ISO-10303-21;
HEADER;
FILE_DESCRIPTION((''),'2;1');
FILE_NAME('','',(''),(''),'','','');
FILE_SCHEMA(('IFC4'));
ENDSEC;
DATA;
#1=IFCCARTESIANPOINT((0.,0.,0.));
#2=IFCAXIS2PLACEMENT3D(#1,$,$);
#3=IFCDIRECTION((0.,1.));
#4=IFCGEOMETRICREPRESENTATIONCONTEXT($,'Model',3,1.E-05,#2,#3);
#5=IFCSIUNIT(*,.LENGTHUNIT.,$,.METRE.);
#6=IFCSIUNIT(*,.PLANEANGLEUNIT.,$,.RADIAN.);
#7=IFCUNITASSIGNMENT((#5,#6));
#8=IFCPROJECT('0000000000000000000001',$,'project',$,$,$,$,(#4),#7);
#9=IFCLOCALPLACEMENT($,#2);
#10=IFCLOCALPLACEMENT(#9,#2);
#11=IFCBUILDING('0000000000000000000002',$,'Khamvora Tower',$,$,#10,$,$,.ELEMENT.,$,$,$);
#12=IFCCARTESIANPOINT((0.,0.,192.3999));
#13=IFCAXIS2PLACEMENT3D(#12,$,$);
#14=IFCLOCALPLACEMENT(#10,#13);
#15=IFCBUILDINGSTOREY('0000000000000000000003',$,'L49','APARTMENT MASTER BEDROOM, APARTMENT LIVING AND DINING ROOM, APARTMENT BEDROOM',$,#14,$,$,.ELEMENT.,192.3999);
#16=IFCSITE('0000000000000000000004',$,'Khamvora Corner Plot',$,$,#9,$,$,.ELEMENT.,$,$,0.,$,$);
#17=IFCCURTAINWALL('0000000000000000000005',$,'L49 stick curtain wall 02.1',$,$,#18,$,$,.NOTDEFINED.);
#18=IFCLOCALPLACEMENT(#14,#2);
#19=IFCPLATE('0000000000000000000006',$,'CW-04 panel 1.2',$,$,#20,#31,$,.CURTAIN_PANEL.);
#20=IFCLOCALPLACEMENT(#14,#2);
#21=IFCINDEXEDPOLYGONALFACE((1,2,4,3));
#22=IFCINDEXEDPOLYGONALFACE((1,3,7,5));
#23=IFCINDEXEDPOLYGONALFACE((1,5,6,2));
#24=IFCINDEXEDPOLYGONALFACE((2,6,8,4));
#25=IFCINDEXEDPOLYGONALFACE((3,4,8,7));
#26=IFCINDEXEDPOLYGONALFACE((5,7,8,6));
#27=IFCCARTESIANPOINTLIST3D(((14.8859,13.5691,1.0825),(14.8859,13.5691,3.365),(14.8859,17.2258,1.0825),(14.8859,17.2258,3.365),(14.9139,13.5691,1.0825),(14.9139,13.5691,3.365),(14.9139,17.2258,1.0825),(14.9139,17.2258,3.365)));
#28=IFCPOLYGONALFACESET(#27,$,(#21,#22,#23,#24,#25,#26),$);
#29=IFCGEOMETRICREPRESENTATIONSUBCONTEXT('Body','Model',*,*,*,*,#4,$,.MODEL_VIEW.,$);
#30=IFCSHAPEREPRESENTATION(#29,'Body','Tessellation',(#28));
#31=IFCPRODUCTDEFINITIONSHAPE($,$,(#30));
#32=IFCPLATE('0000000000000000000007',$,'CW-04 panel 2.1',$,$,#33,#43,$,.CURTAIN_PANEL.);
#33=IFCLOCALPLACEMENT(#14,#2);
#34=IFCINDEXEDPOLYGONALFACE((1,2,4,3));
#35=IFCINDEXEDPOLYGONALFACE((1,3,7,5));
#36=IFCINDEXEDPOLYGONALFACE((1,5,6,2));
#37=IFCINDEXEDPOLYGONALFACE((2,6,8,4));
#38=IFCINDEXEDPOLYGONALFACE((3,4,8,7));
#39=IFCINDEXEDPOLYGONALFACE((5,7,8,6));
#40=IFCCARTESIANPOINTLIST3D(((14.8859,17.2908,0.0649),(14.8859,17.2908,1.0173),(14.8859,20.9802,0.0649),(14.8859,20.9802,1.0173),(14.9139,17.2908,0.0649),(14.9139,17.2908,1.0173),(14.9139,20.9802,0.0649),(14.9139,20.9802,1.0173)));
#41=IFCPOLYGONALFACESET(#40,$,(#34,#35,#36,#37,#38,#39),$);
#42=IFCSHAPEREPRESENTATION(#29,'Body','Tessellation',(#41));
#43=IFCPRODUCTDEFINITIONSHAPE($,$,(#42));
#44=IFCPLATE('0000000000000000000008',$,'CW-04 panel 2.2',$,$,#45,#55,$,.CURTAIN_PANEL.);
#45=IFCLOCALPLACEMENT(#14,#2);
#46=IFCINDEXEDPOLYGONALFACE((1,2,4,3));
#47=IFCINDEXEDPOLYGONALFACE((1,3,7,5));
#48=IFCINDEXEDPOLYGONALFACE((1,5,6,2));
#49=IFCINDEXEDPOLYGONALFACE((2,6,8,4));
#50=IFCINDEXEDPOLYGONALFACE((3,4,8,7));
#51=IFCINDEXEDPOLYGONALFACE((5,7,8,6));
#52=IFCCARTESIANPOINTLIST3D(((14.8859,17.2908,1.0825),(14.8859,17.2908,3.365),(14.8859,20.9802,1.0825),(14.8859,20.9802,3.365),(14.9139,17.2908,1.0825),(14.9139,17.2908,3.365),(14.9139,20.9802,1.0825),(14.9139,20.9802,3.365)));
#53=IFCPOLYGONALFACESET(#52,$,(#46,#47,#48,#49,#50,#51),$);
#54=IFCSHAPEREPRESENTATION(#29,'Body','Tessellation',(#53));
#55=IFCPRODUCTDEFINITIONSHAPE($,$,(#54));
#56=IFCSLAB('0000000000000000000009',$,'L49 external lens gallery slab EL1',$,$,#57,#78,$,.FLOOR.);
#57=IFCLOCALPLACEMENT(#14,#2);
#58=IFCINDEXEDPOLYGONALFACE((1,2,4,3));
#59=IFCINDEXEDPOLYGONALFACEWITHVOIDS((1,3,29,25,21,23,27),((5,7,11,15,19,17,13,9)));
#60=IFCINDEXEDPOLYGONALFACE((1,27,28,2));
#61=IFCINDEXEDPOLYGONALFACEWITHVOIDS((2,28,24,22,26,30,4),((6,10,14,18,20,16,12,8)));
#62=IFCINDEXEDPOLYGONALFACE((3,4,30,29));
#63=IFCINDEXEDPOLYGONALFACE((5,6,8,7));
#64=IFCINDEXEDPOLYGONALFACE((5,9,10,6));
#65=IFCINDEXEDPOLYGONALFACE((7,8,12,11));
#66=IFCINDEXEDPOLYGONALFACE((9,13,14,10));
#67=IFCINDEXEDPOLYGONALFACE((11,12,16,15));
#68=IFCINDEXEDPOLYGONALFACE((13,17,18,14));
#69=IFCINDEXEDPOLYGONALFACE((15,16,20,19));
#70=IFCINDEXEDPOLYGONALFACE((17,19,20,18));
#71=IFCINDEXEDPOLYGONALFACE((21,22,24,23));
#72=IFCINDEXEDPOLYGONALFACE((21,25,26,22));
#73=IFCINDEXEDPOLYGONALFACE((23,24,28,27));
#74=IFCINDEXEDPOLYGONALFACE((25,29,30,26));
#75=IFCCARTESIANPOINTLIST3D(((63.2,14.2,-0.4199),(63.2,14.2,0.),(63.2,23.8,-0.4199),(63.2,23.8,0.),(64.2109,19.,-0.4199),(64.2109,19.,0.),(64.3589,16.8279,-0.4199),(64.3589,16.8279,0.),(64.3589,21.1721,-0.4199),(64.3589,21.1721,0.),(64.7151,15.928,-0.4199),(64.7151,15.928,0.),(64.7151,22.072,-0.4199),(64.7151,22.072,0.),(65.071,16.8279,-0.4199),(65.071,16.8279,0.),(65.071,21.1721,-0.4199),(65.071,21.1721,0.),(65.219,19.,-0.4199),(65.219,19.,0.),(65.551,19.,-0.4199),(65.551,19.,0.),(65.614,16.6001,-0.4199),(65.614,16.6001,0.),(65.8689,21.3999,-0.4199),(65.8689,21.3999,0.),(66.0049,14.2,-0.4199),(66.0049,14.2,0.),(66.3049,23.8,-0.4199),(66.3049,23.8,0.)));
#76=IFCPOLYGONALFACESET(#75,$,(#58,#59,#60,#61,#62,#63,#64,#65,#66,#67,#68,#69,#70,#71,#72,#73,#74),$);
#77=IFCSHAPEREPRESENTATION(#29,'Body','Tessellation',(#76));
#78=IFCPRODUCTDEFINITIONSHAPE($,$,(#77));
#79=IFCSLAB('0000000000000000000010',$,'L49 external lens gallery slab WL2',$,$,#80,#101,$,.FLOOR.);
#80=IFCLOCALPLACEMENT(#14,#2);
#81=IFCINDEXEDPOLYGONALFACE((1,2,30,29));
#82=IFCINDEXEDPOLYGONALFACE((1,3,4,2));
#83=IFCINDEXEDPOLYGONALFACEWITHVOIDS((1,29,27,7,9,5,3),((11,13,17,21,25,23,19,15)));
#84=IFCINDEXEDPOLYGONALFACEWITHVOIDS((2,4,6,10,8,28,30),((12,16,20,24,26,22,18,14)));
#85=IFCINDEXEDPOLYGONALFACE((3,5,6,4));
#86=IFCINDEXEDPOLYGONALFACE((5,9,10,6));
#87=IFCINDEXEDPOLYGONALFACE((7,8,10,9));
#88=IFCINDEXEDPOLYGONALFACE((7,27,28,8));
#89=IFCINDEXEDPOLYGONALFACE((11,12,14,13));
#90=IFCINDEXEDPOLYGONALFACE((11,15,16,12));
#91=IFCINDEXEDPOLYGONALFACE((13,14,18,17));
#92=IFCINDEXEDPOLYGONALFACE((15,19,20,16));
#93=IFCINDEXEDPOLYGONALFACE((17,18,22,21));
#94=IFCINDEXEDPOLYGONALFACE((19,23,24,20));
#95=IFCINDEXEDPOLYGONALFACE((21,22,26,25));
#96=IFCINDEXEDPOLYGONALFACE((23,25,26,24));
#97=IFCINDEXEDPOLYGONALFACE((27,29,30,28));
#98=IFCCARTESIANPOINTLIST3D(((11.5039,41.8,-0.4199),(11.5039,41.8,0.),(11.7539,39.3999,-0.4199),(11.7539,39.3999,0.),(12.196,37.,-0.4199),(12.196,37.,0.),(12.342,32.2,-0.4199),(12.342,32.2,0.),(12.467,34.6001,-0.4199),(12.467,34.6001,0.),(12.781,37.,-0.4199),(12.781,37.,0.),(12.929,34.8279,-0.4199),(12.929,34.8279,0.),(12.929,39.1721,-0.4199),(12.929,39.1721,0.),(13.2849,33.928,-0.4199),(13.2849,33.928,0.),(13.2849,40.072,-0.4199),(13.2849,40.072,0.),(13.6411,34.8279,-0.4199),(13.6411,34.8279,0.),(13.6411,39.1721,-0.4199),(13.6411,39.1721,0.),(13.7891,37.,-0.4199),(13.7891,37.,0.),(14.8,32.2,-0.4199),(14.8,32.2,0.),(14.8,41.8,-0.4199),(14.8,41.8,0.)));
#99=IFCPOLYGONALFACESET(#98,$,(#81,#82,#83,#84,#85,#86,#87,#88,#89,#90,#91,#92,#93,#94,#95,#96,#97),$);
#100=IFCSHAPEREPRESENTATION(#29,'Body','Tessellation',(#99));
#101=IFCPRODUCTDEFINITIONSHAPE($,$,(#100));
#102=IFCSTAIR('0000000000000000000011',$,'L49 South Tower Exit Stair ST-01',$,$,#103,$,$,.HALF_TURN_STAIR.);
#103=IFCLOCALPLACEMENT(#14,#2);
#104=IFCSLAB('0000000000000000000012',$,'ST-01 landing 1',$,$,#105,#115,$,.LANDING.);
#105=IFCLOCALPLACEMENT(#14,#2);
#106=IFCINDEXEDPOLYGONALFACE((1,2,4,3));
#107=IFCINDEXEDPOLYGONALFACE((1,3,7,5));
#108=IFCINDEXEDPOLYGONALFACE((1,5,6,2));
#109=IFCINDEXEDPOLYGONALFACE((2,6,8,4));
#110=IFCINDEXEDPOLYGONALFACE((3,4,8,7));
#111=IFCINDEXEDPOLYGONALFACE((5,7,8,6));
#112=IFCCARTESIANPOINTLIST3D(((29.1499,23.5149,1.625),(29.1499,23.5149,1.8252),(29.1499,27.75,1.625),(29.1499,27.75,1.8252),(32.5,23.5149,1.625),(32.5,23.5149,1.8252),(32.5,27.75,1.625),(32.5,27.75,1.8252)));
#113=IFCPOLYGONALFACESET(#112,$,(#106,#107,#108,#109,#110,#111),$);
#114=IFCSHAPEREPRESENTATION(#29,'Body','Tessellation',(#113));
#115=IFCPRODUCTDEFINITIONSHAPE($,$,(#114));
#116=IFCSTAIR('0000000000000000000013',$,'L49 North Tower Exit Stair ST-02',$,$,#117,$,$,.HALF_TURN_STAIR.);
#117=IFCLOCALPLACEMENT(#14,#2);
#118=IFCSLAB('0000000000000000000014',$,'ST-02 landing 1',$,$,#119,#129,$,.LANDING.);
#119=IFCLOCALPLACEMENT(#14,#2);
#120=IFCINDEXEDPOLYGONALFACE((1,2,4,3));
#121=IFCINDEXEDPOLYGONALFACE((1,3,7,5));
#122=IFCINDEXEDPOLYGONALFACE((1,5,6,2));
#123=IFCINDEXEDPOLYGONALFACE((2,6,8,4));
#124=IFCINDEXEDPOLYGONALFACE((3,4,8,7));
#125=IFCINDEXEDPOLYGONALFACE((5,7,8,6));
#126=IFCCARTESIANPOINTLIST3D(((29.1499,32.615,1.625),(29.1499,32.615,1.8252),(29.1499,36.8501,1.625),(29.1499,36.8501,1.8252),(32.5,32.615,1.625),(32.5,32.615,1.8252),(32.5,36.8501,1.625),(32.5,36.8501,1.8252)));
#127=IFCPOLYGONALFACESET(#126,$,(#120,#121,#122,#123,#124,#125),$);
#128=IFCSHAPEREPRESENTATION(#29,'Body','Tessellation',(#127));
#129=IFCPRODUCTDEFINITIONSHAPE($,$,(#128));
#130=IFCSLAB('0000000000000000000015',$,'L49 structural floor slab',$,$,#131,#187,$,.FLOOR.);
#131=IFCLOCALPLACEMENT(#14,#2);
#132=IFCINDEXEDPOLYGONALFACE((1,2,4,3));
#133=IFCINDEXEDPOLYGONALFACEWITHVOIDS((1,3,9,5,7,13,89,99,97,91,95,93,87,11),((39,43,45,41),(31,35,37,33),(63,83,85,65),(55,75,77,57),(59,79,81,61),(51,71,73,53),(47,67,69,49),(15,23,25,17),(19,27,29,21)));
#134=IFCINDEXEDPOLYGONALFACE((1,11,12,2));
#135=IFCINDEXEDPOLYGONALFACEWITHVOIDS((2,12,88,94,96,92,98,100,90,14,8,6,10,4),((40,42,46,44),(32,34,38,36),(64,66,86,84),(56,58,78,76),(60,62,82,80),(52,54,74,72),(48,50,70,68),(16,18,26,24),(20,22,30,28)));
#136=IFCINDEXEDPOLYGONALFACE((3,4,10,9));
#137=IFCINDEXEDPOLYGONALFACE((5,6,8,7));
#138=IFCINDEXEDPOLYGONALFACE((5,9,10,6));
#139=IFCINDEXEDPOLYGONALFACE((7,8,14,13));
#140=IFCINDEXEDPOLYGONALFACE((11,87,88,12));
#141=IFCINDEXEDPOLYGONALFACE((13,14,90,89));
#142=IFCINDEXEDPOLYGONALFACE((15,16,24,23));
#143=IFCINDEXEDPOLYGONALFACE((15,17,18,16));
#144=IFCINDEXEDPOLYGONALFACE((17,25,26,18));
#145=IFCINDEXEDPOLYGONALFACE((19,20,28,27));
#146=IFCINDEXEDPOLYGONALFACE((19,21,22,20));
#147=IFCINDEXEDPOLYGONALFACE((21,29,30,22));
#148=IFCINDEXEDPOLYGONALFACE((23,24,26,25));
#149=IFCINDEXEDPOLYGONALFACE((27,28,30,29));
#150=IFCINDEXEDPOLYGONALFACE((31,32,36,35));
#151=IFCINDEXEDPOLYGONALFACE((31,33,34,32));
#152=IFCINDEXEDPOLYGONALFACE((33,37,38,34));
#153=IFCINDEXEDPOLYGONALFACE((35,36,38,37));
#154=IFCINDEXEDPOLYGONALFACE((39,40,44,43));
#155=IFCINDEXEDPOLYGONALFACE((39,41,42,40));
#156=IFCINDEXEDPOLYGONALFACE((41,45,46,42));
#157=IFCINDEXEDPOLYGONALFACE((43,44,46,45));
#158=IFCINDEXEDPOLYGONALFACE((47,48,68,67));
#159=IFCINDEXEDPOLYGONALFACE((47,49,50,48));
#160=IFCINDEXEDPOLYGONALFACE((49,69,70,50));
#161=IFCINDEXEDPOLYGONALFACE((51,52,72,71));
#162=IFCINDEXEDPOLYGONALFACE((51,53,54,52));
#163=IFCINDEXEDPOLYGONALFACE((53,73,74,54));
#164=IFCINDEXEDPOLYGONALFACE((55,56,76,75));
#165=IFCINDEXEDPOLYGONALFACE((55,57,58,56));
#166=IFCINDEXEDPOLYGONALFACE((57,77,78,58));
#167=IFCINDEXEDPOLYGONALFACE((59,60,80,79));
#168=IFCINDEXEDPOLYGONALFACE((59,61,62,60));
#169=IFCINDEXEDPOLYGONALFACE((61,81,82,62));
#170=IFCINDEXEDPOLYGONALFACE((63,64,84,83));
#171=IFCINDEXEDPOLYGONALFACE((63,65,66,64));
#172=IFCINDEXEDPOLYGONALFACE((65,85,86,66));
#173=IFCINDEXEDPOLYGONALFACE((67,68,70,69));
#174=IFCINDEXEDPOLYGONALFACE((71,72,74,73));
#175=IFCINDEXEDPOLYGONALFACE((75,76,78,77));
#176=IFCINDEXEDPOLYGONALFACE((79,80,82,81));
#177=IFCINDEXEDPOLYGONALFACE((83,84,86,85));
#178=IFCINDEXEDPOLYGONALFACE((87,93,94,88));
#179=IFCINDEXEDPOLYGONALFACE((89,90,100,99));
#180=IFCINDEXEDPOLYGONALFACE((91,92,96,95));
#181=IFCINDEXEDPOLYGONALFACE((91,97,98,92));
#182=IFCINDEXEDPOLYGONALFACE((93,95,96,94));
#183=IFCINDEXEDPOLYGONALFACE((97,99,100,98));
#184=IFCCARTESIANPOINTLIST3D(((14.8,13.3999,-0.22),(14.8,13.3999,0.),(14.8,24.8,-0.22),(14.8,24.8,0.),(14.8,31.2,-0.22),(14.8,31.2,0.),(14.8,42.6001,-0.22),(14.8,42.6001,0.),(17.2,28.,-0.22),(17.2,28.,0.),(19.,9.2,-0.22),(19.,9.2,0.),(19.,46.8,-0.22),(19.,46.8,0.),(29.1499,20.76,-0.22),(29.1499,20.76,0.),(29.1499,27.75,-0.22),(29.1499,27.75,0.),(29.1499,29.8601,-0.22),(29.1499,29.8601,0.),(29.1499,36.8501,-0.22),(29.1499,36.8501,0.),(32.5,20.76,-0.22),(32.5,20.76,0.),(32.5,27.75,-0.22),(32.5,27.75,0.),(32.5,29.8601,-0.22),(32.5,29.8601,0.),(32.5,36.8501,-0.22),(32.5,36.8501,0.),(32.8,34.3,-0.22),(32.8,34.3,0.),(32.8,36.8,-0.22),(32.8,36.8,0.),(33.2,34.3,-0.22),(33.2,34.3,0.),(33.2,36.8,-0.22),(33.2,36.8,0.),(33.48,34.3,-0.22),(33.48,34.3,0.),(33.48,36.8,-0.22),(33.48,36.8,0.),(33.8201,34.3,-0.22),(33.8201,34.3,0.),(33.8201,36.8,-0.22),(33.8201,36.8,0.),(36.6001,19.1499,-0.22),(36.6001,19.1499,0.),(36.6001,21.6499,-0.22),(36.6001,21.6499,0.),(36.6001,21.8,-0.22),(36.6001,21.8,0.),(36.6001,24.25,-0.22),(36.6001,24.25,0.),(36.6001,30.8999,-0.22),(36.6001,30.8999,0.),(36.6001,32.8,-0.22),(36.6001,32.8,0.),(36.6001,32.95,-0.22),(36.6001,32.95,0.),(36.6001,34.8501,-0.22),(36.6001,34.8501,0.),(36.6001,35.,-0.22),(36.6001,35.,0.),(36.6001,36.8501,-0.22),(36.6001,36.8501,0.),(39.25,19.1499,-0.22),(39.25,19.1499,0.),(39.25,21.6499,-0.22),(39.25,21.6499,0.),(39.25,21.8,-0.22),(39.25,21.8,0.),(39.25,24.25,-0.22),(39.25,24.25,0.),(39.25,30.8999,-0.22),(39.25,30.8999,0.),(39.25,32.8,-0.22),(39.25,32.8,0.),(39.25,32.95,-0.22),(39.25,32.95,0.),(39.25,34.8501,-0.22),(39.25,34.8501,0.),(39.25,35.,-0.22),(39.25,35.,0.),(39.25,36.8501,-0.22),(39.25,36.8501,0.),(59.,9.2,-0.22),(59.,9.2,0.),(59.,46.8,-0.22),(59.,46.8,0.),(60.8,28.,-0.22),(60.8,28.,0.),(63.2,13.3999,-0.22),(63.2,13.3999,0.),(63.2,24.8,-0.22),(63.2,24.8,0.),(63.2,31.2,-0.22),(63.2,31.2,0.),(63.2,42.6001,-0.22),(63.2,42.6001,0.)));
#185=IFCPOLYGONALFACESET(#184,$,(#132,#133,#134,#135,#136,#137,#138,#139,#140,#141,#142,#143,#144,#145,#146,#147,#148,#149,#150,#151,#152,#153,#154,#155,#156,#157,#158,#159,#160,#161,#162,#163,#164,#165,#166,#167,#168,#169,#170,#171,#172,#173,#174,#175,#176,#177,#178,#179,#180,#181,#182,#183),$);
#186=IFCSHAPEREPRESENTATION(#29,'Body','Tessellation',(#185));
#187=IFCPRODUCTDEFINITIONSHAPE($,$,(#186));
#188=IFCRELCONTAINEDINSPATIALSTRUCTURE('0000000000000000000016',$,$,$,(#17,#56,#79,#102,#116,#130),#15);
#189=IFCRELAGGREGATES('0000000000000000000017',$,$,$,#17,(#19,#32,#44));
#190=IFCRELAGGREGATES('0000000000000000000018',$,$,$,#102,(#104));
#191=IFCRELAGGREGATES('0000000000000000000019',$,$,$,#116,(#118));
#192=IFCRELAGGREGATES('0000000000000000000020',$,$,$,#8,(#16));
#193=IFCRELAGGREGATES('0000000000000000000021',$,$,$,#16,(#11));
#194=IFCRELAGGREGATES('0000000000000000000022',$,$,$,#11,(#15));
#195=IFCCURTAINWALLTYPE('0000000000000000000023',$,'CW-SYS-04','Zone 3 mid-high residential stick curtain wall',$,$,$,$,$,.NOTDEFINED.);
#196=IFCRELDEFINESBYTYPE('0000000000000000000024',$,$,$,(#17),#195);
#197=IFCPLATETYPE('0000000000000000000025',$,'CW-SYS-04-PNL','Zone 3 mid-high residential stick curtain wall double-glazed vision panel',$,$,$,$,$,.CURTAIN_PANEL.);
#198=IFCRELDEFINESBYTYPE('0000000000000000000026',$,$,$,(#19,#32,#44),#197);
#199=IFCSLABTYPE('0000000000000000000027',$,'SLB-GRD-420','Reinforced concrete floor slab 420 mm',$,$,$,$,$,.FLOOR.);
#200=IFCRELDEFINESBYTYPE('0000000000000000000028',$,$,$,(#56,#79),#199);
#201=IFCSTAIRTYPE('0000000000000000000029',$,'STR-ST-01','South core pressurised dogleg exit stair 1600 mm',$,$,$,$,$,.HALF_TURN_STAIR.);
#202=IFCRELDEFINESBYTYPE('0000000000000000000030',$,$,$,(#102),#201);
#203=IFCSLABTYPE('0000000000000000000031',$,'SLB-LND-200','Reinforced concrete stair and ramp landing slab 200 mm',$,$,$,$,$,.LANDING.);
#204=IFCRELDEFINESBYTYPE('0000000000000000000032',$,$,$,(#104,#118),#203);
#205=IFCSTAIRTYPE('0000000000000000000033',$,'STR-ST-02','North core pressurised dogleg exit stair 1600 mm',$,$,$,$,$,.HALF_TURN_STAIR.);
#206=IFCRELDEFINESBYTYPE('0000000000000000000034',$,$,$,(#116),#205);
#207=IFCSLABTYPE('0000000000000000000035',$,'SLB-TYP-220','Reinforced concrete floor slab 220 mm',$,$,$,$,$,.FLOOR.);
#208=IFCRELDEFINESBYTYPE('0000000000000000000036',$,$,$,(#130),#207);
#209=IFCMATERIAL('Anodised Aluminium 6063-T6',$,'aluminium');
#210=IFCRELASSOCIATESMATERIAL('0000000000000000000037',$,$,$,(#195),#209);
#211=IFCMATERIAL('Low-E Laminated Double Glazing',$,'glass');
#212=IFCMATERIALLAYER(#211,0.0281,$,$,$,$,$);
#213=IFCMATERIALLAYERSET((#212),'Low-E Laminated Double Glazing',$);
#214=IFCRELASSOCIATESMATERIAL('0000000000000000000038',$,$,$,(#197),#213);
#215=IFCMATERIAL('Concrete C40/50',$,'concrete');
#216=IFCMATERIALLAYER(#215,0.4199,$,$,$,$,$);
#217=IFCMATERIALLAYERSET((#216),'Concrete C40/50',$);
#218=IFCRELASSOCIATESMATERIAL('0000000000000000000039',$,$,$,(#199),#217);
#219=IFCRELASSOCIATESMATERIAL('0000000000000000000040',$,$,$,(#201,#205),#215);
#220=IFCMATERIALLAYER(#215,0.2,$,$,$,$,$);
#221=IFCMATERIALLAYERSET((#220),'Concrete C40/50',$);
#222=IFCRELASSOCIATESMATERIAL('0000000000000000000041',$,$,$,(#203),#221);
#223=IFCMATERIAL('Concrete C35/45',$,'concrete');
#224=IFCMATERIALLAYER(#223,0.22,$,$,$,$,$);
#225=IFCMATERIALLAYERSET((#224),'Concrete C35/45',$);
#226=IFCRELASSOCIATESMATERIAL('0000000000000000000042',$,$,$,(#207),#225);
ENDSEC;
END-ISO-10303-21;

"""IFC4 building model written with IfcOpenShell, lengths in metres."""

from ifc_helpers import new_model, si_unit, direction, frame, origin, origin_2d, place, context, subcontext, project, spatial, polyline, rectangle, outline, extrude, material, layer, layer_set, type_object, element, aggregate, save


model = new_model("IFC4")

# Units and contexts
model_context = context("Model", 3, precision=1e-05, world=origin(), true_north=direction((0.0, 1.0)))
body_context = subcontext(model_context, "Body", "Model", "MODEL_VIEW")
ifc_project = project(units=[si_unit("LENGTHUNIT", "METRE"), si_unit("PLANEANGLEUNIT", "RADIAN")], contexts=[model_context])

# Site, building, storey
site_placement = place(None, origin())
site = spatial("IfcSite", under=ifc_project, at=site_placement, Name="Khamvora Corner Plot", CompositionType="ELEMENT", RefElevation=0.0)
building_placement = place(site_placement, origin())
building = spatial("IfcBuilding", under=site, at=building_placement, Name="Khamvora Tower", CompositionType="ELEMENT")
storey_placement = place(building_placement, frame((0.0, 0.0, 192.3999)))
storey = spatial("IfcBuildingStorey", under=building, at=storey_placement, Name="L49", Description="APARTMENT MASTER BEDROOM, APARTMENT LIVING AND DINING ROOM, APARTMENT BEDROOM", CompositionType="ELEMENT", Elevation=192.3999)

# Curtain wall, plates
ifc_material_1 = material(Name="Anodised Aluminium 6063-T6", Category="aluminium")
curtain_wall_type = type_object("IfcCurtainWallType", Name="CW-SYS-04", Description="Zone 3 mid-high residential stick curtain wall", PredefinedType="NOTDEFINED", material=ifc_material_1)
curtain_wall_placement = place(storey_placement, origin())
curtain_wall = element("IfcCurtainWall", 1, at=curtain_wall_placement, inside=storey, type_object=curtain_wall_type, Name="L49 stick curtain wall 02.1", PredefinedType="NOTDEFINED")
ifc_material_2 = material(Name="Low-E Laminated Double Glazing", Category="glass")
ifc_layer_1 = layer(ifc_material_2, 0.0281)
ifc_layer_set_1 = layer_set([ifc_layer_1], Name="Low-E Laminated Double Glazing")
plate_type = type_object("IfcPlateType", Name="CW-SYS-04-PNL", Description="Zone 3 mid-high residential stick curtain wall double-glazed vision panel", PredefinedType="CURTAIN_PANEL", material=ifc_layer_set_1)
plate_1_placement = place(storey_placement, frame((14.8999, 15.3975, 1.0825), z_axis=(0.0, 0.0, 1.0), x_axis=(0.0, 1.0, 0.0)))
plate_1 = element("IfcPlate", 2, at=plate_1_placement, type_object=plate_type, Name="CW-04 panel 1.2", PredefinedType="CURTAIN_PANEL", context=body_context, shape_type="SweptSolid", body=[
    extrude(rectangle(XDim=3.6567, YDim=0.0281, at=origin_2d()), origin(), (0.0, 0.0, 1.0), 2.2825),
])
plate_2_placement = place(storey_placement, frame((14.8999, 19.1355, 0.0649), z_axis=(0.0, 0.0, 1.0), x_axis=(0.0, 1.0, 0.0)))
plate_2 = element("IfcPlate", 3, at=plate_2_placement, type_object=plate_type, Name="CW-04 panel 2.1", PredefinedType="CURTAIN_PANEL", context=body_context, shape_type="SweptSolid", body=[
    extrude(rectangle(XDim=3.6895, YDim=0.0281, at=origin_2d()), origin(), (0.0, 0.0, 1.0), 0.9524),
])
plate_3_placement = place(storey_placement, frame((14.8999, 19.1355, 1.0825), z_axis=(0.0, 0.0, 1.0), x_axis=(0.0, 1.0, 0.0)))
plate_3 = element("IfcPlate", 4, at=plate_3_placement, type_object=plate_type, Name="CW-04 panel 2.2", PredefinedType="CURTAIN_PANEL", context=body_context, shape_type="SweptSolid", body=[
    extrude(rectangle(XDim=3.6895, YDim=0.0281, at=origin_2d()), origin(), (0.0, 0.0, 1.0), 2.2825),
])
aggregate(curtain_wall, [plate_1, plate_2, plate_3])

# Slabs
ifc_material_3 = material(Name="Concrete C40/50", Category="concrete")
ifc_layer_2 = layer(ifc_material_3, 0.4199)
ifc_layer_set_2 = layer_set([ifc_layer_2], Name="Concrete C40/50")
slab_type_1 = type_object("IfcSlabType", Name="SLB-GRD-420", Description="Reinforced concrete floor slab 420 mm", PredefinedType="FLOOR", material=ifc_layer_set_2)
slab_1_placement = place(storey_placement, frame((0.0, 0.0, -0.4199)))
element("IfcSlab", 5, at=slab_1_placement, inside=storey, type_object=slab_type_1, Name="L49 external lens gallery slab EL1", PredefinedType="FLOOR", context=body_context, shape_type="SweptSolid", body=[
    extrude(outline(polyline([(66.0049, 14.2), (65.614, 16.6001), (65.551, 19.0), (65.8689, 21.3999), (66.3049, 23.8), (63.2, 23.8), (63.2, 14.2), (66.0049, 14.2)]), holes=[polyline([(65.219, 19.0), (65.071, 21.1721), (64.7151, 22.072), (64.3589, 21.1721), (64.2109, 19.0), (64.3589, 16.8279), (64.7151, 15.928), (65.071, 16.8279), (65.219, 19.0)])]), origin(), (0.0, 0.0, 1.0), 0.4199),
])
slab_2_placement = place(storey_placement, frame((0.0, 0.0, -0.4199)))
element("IfcSlab", 6, at=slab_2_placement, inside=storey, type_object=slab_type_1, Name="L49 external lens gallery slab WL2", PredefinedType="FLOOR", context=body_context, shape_type="SweptSolid", body=[
    extrude(outline(polyline([(14.8, 32.2), (14.8, 41.8), (11.5039, 41.8), (11.7539, 39.3999), (12.196, 37.0), (12.467, 34.6001), (12.342, 32.2), (14.8, 32.2)]), holes=[polyline([(13.7891, 37.0), (13.6411, 39.1721), (13.2849, 40.072), (12.929, 39.1721), (12.781, 37.0), (12.929, 34.8279), (13.2849, 33.928), (13.6411, 34.8279), (13.7891, 37.0)])]), origin(), (0.0, 0.0, 1.0), 0.4199),
])

# Stairs, slabs
stair_type_1 = type_object("IfcStairType", Name="STR-ST-01", Description="South core pressurised dogleg exit stair 1600 mm", PredefinedType="HALF_TURN_STAIR", material=ifc_material_3)
stair_1_placement = place(storey_placement, origin())
stair_1 = element("IfcStair", 7, at=stair_1_placement, inside=storey, type_object=stair_type_1, Name="L49 South Tower Exit Stair ST-01", PredefinedType="HALF_TURN_STAIR")
ifc_layer_3 = layer(ifc_material_3, 0.2)
ifc_layer_set_3 = layer_set([ifc_layer_3], Name="Concrete C40/50")
slab_type_2 = type_object("IfcSlabType", Name="SLB-LND-200", Description="Reinforced concrete stair and ramp landing slab 200 mm", PredefinedType="LANDING", material=ifc_layer_set_3)
slab_3_placement = place(storey_placement, frame((0.0, 0.0, 1.625)))
slab_3 = element("IfcSlab", 8, at=slab_3_placement, type_object=slab_type_2, Name="ST-01 landing 1", PredefinedType="LANDING", context=body_context, shape_type="SweptSolid", body=[
    extrude(outline(polyline([(32.5, 23.5149), (32.5, 27.75), (29.1499, 27.75), (29.1499, 23.5149), (32.5, 23.5149)])), origin(), (0.0, 0.0, 1.0), 0.2002),
])
aggregate(stair_1, [slab_3])
stair_type_2 = type_object("IfcStairType", Name="STR-ST-02", Description="North core pressurised dogleg exit stair 1600 mm", PredefinedType="HALF_TURN_STAIR", material=ifc_material_3)
stair_2_placement = place(storey_placement, origin())
stair_2 = element("IfcStair", 9, at=stair_2_placement, inside=storey, type_object=stair_type_2, Name="L49 North Tower Exit Stair ST-02", PredefinedType="HALF_TURN_STAIR")
slab_4_placement = place(storey_placement, frame((0.0, 0.0, 1.625)))
slab_4 = element("IfcSlab", 10, at=slab_4_placement, type_object=slab_type_2, Name="ST-02 landing 1", PredefinedType="LANDING", context=body_context, shape_type="SweptSolid", body=[
    extrude(outline(polyline([(32.5, 32.615), (32.5, 36.8501), (29.1499, 36.8501), (29.1499, 32.615), (32.5, 32.615)])), origin(), (0.0, 0.0, 1.0), 0.2002),
])
aggregate(stair_2, [slab_4])

# Slab
ifc_material_4 = material(Name="Concrete C35/45", Category="concrete")
ifc_layer_4 = layer(ifc_material_4, 0.22)
ifc_layer_set_4 = layer_set([ifc_layer_4], Name="Concrete C35/45")
slab_type_3 = type_object("IfcSlabType", Name="SLB-TYP-220", Description="Reinforced concrete floor slab 220 mm", PredefinedType="FLOOR", material=ifc_layer_set_4)
slab_5_placement = place(storey_placement, frame((0.0, 0.0, -0.22)))
element("IfcSlab", 11, at=slab_5_placement, inside=storey, type_object=slab_type_3, Name="L49 structural floor slab", PredefinedType="FLOOR", context=body_context, shape_type="SweptSolid", body=[
    extrude(outline(polyline([(19.0, 9.2), (59.0, 9.2), (63.2, 13.3999), (63.2, 24.8), (60.8, 28.0), (63.2, 31.2), (63.2, 42.6001), (59.0, 46.8), (19.0, 46.8), (14.8, 42.6001), (14.8, 31.2), (17.2, 28.0), (14.8, 24.8), (14.8, 13.3999), (19.0, 9.2)]), holes=[polyline([(32.5, 20.76), (32.5, 27.75), (29.1499, 27.75), (29.1499, 20.76), (32.5, 20.76)]), polyline([(32.5, 29.8601), (32.5, 36.8501), (29.1499, 36.8501), (29.1499, 29.8601), (32.5, 29.8601)]), polyline([(36.6001, 19.1499), (39.25, 19.1499), (39.25, 21.6499), (36.6001, 21.6499), (36.6001, 19.1499)]), polyline([(36.6001, 21.8), (39.25, 21.8), (39.25, 24.25), (36.6001, 24.25), (36.6001, 21.8)]), polyline([(36.6001, 30.8999), (39.25, 30.8999), (39.25, 32.8), (36.6001, 32.8), (36.6001, 30.8999)]), polyline([(36.6001, 32.95), (39.25, 32.95), (39.25, 34.8501), (36.6001, 34.8501), (36.6001, 32.95)]), polyline([(36.6001, 35.0), (39.25, 35.0), (39.25, 36.8501), (36.6001, 36.8501), (36.6001, 35.0)]), polyline([(32.8, 34.3), (33.2, 34.3), (33.2, 36.8), (32.8, 36.8), (32.8, 34.3)]), polyline([(33.48, 34.3), (33.8201, 34.3), (33.8201, 36.8), (33.48, 36.8), (33.48, 34.3)])]), origin(), (0.0, 0.0, 1.0), 0.22),
])

save(model, "model.ifc")
